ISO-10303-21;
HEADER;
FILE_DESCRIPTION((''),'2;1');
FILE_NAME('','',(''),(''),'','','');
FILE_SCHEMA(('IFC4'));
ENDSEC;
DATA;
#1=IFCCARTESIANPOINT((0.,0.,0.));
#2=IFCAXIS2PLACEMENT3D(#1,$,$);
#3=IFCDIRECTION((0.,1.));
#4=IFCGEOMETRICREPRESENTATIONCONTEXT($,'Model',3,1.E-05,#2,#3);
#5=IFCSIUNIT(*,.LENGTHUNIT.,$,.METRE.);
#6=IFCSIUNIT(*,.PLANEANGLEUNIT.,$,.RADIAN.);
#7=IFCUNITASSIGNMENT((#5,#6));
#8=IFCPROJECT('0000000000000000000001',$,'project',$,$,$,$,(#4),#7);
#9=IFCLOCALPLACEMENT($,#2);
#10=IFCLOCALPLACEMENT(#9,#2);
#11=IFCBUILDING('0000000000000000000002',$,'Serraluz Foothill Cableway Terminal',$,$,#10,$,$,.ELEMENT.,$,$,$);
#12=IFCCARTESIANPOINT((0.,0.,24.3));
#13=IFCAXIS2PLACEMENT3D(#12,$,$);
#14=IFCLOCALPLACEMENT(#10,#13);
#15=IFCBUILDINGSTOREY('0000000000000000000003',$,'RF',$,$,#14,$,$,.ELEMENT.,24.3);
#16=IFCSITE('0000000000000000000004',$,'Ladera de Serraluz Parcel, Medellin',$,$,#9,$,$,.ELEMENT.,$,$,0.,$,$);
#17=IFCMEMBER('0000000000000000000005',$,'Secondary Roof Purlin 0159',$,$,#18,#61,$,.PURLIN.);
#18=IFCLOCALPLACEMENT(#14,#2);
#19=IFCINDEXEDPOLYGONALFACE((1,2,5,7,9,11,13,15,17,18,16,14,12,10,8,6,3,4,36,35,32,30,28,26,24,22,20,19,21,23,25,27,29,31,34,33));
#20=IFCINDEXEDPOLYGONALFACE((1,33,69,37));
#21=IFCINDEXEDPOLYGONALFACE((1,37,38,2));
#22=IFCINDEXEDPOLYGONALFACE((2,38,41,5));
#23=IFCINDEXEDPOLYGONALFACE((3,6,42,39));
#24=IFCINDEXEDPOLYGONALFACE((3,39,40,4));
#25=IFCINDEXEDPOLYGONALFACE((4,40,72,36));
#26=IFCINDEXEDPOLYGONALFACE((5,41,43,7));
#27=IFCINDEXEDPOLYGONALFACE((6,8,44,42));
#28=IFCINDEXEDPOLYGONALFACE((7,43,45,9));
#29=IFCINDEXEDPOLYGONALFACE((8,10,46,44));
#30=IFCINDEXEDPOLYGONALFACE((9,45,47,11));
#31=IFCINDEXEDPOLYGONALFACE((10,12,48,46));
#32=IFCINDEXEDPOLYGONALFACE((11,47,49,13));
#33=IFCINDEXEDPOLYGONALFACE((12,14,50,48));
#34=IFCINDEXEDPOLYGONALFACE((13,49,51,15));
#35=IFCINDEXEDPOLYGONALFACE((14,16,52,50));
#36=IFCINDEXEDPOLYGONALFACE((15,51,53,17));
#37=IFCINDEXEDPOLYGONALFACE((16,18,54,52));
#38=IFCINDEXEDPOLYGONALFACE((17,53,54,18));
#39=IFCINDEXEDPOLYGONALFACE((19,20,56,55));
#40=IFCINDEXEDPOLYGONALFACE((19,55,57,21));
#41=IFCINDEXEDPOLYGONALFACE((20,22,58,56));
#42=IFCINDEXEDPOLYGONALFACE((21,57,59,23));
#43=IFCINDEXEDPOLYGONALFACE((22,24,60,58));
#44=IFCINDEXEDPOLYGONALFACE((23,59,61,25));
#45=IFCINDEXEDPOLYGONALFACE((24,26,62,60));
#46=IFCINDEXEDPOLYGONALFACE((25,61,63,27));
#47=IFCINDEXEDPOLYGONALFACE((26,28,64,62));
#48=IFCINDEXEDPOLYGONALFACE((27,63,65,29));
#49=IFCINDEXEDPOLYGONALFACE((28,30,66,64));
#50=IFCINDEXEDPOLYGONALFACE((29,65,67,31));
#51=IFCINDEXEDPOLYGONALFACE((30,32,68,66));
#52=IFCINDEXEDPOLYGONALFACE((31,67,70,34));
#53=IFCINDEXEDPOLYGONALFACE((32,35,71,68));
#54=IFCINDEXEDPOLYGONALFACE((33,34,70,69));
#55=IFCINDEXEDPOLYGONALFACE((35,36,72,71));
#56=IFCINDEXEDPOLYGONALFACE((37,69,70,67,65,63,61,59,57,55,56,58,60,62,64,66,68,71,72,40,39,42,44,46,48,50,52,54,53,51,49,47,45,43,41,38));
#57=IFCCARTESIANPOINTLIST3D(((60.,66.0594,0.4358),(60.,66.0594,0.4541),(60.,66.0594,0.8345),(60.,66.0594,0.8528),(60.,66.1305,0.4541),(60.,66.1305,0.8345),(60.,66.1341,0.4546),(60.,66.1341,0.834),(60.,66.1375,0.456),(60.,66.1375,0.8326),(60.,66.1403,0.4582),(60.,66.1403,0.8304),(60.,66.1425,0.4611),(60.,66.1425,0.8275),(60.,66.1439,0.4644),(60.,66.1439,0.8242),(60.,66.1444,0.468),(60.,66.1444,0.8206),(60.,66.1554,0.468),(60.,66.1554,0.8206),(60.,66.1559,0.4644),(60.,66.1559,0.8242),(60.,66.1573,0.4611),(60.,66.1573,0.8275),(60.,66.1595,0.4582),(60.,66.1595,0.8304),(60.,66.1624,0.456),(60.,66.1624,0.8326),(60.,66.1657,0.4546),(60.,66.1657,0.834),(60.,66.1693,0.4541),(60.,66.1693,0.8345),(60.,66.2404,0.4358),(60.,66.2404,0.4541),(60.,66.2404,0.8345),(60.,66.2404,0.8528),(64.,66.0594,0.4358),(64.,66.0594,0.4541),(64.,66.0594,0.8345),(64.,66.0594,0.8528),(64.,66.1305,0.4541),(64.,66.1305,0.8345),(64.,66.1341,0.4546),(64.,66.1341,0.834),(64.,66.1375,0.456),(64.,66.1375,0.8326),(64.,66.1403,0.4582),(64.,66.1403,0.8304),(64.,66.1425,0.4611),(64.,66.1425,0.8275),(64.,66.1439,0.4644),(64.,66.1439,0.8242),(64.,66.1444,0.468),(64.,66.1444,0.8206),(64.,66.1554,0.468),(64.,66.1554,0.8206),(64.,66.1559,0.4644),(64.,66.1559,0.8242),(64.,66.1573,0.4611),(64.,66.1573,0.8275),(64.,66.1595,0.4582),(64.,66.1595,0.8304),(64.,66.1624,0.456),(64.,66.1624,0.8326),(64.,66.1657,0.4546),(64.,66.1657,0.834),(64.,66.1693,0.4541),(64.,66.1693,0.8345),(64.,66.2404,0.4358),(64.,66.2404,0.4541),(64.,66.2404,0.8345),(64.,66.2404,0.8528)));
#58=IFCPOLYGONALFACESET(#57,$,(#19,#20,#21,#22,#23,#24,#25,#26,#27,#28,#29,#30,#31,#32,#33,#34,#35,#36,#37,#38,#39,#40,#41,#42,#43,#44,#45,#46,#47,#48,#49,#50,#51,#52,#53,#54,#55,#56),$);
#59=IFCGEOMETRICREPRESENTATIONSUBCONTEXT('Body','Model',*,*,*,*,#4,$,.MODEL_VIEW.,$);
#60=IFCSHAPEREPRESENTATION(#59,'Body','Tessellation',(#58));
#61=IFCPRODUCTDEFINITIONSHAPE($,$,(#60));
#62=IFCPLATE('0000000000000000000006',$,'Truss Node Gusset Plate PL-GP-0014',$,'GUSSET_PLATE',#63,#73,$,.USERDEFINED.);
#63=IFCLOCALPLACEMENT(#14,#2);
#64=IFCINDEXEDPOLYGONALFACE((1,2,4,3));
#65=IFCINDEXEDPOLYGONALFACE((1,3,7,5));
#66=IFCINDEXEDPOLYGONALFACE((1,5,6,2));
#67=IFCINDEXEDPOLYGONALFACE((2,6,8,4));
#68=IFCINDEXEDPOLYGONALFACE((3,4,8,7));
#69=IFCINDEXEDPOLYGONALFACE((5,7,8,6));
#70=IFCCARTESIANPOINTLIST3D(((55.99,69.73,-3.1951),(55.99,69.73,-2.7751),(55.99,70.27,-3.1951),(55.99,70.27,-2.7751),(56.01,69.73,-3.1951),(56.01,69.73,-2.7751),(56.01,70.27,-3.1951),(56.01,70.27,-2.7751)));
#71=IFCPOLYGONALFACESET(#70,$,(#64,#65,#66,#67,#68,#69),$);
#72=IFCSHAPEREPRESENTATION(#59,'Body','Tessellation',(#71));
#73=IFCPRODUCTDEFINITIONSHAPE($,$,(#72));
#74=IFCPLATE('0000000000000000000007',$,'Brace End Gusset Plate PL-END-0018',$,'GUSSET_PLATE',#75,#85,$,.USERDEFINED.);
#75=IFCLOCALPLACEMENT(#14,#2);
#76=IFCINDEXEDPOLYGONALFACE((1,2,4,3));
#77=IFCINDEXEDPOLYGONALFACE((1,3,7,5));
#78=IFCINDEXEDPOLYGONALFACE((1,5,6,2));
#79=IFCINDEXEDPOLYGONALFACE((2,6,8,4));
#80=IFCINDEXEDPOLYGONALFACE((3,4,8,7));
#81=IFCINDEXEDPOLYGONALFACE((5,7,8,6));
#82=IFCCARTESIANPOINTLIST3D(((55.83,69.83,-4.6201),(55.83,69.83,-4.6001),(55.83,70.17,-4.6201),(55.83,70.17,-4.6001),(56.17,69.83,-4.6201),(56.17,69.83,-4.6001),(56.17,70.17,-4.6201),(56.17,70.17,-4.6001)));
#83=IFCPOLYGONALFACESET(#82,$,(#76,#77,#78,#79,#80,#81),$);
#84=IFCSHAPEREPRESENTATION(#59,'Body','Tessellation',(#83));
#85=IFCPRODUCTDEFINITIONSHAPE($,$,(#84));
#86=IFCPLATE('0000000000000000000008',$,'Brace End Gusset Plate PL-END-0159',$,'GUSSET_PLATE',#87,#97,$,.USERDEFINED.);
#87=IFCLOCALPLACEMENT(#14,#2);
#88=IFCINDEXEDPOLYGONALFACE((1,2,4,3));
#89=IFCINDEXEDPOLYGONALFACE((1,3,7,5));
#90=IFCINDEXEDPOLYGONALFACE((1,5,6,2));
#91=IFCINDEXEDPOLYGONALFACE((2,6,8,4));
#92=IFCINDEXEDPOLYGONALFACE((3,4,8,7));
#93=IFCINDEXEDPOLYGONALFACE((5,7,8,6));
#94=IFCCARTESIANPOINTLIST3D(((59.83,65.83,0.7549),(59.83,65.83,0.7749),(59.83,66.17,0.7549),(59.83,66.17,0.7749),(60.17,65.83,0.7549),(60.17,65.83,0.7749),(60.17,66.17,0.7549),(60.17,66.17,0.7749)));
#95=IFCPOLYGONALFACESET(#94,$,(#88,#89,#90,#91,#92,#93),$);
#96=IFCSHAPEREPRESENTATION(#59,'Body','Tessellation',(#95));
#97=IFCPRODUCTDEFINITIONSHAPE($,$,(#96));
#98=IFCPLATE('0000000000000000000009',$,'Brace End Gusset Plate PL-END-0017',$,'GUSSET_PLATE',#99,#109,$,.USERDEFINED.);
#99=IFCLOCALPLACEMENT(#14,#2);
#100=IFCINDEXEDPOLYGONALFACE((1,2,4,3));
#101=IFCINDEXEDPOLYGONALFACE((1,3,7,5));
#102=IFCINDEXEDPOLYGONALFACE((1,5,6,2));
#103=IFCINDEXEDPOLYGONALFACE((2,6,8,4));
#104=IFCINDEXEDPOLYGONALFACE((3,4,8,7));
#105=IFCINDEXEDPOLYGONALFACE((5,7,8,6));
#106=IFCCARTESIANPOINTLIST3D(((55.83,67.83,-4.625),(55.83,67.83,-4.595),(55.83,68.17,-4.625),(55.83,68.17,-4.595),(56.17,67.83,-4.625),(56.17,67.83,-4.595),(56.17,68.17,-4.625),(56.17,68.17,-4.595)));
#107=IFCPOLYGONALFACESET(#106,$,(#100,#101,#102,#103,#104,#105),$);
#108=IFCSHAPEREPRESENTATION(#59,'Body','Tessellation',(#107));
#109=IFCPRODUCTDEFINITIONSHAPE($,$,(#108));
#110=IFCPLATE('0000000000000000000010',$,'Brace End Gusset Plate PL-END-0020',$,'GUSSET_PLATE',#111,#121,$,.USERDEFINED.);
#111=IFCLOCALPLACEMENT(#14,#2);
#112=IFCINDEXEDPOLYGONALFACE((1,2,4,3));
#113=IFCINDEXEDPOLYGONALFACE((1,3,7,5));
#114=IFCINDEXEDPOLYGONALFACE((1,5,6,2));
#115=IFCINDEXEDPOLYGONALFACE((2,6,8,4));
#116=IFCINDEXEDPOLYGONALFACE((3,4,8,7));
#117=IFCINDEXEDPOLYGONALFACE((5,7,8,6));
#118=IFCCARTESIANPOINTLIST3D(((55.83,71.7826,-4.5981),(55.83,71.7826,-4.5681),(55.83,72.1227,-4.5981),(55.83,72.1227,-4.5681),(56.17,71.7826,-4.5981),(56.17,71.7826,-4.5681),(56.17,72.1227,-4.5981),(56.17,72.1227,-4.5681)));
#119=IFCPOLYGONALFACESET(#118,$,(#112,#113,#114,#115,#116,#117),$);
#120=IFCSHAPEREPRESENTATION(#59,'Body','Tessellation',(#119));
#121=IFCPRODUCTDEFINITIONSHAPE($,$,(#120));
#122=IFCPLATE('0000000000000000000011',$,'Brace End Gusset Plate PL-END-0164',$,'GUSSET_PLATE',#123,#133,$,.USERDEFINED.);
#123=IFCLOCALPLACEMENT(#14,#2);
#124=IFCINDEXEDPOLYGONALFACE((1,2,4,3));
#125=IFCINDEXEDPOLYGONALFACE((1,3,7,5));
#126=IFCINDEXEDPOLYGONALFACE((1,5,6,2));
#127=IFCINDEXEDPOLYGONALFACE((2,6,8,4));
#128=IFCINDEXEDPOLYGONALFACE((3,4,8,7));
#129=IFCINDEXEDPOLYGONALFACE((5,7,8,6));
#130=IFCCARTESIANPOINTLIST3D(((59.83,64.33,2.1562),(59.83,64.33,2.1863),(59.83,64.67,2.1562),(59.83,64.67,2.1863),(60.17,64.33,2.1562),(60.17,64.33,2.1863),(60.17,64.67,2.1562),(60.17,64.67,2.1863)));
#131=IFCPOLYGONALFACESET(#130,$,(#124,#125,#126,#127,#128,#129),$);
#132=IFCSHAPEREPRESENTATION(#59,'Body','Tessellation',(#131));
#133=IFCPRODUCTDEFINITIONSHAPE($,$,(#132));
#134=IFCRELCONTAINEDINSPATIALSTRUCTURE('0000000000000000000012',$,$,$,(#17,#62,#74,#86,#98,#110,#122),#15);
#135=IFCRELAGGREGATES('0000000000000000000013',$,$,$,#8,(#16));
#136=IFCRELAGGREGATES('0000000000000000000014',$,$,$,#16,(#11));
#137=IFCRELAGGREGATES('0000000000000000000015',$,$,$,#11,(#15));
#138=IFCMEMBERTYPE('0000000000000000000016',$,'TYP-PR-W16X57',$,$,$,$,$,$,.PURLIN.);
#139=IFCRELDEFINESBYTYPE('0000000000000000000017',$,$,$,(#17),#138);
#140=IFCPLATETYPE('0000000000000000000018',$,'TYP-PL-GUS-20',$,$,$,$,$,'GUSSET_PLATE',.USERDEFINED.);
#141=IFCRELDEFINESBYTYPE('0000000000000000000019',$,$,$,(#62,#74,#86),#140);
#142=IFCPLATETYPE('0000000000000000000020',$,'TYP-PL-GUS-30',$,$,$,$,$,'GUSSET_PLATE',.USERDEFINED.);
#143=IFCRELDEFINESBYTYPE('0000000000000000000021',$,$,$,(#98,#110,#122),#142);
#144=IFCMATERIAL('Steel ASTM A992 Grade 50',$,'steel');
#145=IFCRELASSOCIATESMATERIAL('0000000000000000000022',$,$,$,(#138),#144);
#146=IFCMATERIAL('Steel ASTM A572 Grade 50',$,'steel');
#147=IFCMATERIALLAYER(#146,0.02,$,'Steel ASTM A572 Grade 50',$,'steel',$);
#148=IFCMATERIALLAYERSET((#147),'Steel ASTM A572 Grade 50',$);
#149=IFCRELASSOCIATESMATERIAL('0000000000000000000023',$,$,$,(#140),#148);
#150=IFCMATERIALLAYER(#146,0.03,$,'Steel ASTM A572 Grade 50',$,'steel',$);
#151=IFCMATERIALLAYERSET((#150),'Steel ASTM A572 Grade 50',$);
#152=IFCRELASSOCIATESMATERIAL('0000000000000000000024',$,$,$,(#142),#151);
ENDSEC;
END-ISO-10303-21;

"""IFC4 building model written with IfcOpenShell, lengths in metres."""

from ifc_helpers import new_model, si_unit, direction, frame, origin, origin_2d, place, context, subcontext, project, spatial, rectangle, i_section, extrude, material, layer, layer_set, material_profile, profile_set, type_object, element, save


model = new_model("IFC4")

# Units and contexts
model_context = context("Model", 3, precision=1e-05, world=origin(), true_north=direction((0.0, 1.0)))
body_context = subcontext(model_context, "Body", "Model", "MODEL_VIEW")
ifc_project = project(units=[si_unit("LENGTHUNIT", "METRE"), si_unit("PLANEANGLEUNIT", "RADIAN")], contexts=[model_context])

# Site, building, storey
site_placement = place(None, origin())
site = spatial("IfcSite", under=ifc_project, at=site_placement, Name="Ladera de Serraluz Parcel, Medellin", CompositionType="ELEMENT", RefElevation=0.0)
building_placement = place(site_placement, origin())
building = spatial("IfcBuilding", under=site, at=building_placement, Name="Serraluz Foothill Cableway Terminal", CompositionType="ELEMENT")
storey_placement = place(building_placement, frame((0.0, 0.0, 24.3)))
storey = spatial("IfcBuildingStorey", under=building, at=storey_placement, Name="RF", CompositionType="ELEMENT", Elevation=24.3)

# Member
ifc_material_1 = material(Name="Steel ASTM A572 Grade 50", Category="steel")
ifc_material_2 = material(Name="Steel ASTM A992 Grade 50", Category="steel")
ifc_material_profile_1 = material_profile(ifc_material_2, i_section(OverallWidth=0.1809, OverallDepth=0.417, WebThickness=0.011, FlangeThickness=0.0183, FilletRadius=0.0139, at=origin_2d()), Name="W16X57")
ifc_profile_set_1 = profile_set([ifc_material_profile_1], Name="Steel ASTM A992 Grade 50")
member_type_1 = type_object("IfcMemberType", Name="TYP-PR-W16X57", PredefinedType="PURLIN", material=ifc_profile_set_1)
for number, where, z_axis, x_axis, name in (
    (1, (60.0, 66.1499, 0.6443), (1.0, 0.0, 0.0), (0.0, 1.0, 0.0), "Secondary Roof Purlin 0159"),
):
    element("IfcMember", number, at=place(storey_placement, frame(where, z_axis=z_axis, x_axis=x_axis)), inside=storey, type_object=member_type_1, Name=name, PredefinedType="PURLIN", context=body_context, shape_type="SweptSolid", body=[
        extrude(i_section(OverallWidth=0.1809, OverallDepth=0.417, WebThickness=0.011, FlangeThickness=0.0183, FilletRadius=0.0139, at=origin_2d()), origin(), (0.0, 0.0, 1.0), 4.0),
    ])

# Plates
ifc_layer_1 = layer(ifc_material_1, 0.02, Name="Steel ASTM A572 Grade 50", Category="steel")
ifc_layer_set_1 = layer_set([ifc_layer_1], Name="Steel ASTM A572 Grade 50")
plate_type_1 = type_object("IfcPlateType", Name="TYP-PL-GUS-20", ElementType="GUSSET_PLATE", PredefinedType="USERDEFINED", material=ifc_layer_set_1)
plate_placement = place(storey_placement, frame((56.0, 70.0, -3.1951), z_axis=(0.0, 0.0, 1.0), x_axis=(1.0, 0.0, 0.0)))
element("IfcPlate", 2, at=plate_placement, inside=storey, type_object=plate_type_1, Name="Truss Node Gusset Plate PL-GP-0014", ObjectType="GUSSET_PLATE", PredefinedType="USERDEFINED", context=body_context, shape_type="SweptSolid", body=[
    extrude(rectangle(XDim=0.02, YDim=0.54, at=origin_2d()), origin(), (0.0, 0.0, 1.0), 0.4199),
])
for number, where, z_axis, x_axis, name in (
    (3, (56.0, 70.0, -4.6201), (0.0, 0.0, 1.0), (1.0, 0.0, 0.0), "Brace End Gusset Plate PL-END-0018"),
    (4, (60.0, 66.0, 0.7549), (0.0, 0.0, 1.0), (1.0, 0.0, 0.0), "Brace End Gusset Plate PL-END-0159"),
):
    element("IfcPlate", number, at=place(storey_placement, frame(where, z_axis=z_axis, x_axis=x_axis)), inside=storey, type_object=plate_type_1, Name=name, ObjectType="GUSSET_PLATE", PredefinedType="USERDEFINED", context=body_context, shape_type="SweptSolid", body=[
        extrude(rectangle(XDim=0.3401, YDim=0.3401, at=origin_2d()), origin(), (0.0, 0.0, 1.0), 0.02),
    ])
ifc_layer_2 = layer(ifc_material_1, 0.03, Name="Steel ASTM A572 Grade 50", Category="steel")
ifc_layer_set_2 = layer_set([ifc_layer_2], Name="Steel ASTM A572 Grade 50")
plate_type_2 = type_object("IfcPlateType", Name="TYP-PL-GUS-30", ElementType="GUSSET_PLATE", PredefinedType="USERDEFINED", material=ifc_layer_set_2)
for number, where, z_axis, x_axis, name in (
    (5, (56.0, 68.0, -4.625), (0.0, 0.0, 1.0), (1.0, 0.0, 0.0), "Brace End Gusset Plate PL-END-0017"),
    (6, (56.0, 71.9526, -4.5981), (0.0, 0.0, 1.0), (1.0, 0.0, 0.0), "Brace End Gusset Plate PL-END-0020"),
    (7, (60.0, 64.5, 2.1562), (0.0, 0.0, 1.0), (1.0, 0.0, 0.0), "Brace End Gusset Plate PL-END-0164"),
):
    element("IfcPlate", number, at=place(storey_placement, frame(where, z_axis=z_axis, x_axis=x_axis)), inside=storey, type_object=plate_type_2, Name=name, ObjectType="GUSSET_PLATE", PredefinedType="USERDEFINED", context=body_context, shape_type="SweptSolid", body=[
        extrude(rectangle(XDim=0.3401, YDim=0.3401, at=origin_2d()), origin(), (0.0, 0.0, 1.0), 0.03),
    ])

save(model, "model.ifc")
